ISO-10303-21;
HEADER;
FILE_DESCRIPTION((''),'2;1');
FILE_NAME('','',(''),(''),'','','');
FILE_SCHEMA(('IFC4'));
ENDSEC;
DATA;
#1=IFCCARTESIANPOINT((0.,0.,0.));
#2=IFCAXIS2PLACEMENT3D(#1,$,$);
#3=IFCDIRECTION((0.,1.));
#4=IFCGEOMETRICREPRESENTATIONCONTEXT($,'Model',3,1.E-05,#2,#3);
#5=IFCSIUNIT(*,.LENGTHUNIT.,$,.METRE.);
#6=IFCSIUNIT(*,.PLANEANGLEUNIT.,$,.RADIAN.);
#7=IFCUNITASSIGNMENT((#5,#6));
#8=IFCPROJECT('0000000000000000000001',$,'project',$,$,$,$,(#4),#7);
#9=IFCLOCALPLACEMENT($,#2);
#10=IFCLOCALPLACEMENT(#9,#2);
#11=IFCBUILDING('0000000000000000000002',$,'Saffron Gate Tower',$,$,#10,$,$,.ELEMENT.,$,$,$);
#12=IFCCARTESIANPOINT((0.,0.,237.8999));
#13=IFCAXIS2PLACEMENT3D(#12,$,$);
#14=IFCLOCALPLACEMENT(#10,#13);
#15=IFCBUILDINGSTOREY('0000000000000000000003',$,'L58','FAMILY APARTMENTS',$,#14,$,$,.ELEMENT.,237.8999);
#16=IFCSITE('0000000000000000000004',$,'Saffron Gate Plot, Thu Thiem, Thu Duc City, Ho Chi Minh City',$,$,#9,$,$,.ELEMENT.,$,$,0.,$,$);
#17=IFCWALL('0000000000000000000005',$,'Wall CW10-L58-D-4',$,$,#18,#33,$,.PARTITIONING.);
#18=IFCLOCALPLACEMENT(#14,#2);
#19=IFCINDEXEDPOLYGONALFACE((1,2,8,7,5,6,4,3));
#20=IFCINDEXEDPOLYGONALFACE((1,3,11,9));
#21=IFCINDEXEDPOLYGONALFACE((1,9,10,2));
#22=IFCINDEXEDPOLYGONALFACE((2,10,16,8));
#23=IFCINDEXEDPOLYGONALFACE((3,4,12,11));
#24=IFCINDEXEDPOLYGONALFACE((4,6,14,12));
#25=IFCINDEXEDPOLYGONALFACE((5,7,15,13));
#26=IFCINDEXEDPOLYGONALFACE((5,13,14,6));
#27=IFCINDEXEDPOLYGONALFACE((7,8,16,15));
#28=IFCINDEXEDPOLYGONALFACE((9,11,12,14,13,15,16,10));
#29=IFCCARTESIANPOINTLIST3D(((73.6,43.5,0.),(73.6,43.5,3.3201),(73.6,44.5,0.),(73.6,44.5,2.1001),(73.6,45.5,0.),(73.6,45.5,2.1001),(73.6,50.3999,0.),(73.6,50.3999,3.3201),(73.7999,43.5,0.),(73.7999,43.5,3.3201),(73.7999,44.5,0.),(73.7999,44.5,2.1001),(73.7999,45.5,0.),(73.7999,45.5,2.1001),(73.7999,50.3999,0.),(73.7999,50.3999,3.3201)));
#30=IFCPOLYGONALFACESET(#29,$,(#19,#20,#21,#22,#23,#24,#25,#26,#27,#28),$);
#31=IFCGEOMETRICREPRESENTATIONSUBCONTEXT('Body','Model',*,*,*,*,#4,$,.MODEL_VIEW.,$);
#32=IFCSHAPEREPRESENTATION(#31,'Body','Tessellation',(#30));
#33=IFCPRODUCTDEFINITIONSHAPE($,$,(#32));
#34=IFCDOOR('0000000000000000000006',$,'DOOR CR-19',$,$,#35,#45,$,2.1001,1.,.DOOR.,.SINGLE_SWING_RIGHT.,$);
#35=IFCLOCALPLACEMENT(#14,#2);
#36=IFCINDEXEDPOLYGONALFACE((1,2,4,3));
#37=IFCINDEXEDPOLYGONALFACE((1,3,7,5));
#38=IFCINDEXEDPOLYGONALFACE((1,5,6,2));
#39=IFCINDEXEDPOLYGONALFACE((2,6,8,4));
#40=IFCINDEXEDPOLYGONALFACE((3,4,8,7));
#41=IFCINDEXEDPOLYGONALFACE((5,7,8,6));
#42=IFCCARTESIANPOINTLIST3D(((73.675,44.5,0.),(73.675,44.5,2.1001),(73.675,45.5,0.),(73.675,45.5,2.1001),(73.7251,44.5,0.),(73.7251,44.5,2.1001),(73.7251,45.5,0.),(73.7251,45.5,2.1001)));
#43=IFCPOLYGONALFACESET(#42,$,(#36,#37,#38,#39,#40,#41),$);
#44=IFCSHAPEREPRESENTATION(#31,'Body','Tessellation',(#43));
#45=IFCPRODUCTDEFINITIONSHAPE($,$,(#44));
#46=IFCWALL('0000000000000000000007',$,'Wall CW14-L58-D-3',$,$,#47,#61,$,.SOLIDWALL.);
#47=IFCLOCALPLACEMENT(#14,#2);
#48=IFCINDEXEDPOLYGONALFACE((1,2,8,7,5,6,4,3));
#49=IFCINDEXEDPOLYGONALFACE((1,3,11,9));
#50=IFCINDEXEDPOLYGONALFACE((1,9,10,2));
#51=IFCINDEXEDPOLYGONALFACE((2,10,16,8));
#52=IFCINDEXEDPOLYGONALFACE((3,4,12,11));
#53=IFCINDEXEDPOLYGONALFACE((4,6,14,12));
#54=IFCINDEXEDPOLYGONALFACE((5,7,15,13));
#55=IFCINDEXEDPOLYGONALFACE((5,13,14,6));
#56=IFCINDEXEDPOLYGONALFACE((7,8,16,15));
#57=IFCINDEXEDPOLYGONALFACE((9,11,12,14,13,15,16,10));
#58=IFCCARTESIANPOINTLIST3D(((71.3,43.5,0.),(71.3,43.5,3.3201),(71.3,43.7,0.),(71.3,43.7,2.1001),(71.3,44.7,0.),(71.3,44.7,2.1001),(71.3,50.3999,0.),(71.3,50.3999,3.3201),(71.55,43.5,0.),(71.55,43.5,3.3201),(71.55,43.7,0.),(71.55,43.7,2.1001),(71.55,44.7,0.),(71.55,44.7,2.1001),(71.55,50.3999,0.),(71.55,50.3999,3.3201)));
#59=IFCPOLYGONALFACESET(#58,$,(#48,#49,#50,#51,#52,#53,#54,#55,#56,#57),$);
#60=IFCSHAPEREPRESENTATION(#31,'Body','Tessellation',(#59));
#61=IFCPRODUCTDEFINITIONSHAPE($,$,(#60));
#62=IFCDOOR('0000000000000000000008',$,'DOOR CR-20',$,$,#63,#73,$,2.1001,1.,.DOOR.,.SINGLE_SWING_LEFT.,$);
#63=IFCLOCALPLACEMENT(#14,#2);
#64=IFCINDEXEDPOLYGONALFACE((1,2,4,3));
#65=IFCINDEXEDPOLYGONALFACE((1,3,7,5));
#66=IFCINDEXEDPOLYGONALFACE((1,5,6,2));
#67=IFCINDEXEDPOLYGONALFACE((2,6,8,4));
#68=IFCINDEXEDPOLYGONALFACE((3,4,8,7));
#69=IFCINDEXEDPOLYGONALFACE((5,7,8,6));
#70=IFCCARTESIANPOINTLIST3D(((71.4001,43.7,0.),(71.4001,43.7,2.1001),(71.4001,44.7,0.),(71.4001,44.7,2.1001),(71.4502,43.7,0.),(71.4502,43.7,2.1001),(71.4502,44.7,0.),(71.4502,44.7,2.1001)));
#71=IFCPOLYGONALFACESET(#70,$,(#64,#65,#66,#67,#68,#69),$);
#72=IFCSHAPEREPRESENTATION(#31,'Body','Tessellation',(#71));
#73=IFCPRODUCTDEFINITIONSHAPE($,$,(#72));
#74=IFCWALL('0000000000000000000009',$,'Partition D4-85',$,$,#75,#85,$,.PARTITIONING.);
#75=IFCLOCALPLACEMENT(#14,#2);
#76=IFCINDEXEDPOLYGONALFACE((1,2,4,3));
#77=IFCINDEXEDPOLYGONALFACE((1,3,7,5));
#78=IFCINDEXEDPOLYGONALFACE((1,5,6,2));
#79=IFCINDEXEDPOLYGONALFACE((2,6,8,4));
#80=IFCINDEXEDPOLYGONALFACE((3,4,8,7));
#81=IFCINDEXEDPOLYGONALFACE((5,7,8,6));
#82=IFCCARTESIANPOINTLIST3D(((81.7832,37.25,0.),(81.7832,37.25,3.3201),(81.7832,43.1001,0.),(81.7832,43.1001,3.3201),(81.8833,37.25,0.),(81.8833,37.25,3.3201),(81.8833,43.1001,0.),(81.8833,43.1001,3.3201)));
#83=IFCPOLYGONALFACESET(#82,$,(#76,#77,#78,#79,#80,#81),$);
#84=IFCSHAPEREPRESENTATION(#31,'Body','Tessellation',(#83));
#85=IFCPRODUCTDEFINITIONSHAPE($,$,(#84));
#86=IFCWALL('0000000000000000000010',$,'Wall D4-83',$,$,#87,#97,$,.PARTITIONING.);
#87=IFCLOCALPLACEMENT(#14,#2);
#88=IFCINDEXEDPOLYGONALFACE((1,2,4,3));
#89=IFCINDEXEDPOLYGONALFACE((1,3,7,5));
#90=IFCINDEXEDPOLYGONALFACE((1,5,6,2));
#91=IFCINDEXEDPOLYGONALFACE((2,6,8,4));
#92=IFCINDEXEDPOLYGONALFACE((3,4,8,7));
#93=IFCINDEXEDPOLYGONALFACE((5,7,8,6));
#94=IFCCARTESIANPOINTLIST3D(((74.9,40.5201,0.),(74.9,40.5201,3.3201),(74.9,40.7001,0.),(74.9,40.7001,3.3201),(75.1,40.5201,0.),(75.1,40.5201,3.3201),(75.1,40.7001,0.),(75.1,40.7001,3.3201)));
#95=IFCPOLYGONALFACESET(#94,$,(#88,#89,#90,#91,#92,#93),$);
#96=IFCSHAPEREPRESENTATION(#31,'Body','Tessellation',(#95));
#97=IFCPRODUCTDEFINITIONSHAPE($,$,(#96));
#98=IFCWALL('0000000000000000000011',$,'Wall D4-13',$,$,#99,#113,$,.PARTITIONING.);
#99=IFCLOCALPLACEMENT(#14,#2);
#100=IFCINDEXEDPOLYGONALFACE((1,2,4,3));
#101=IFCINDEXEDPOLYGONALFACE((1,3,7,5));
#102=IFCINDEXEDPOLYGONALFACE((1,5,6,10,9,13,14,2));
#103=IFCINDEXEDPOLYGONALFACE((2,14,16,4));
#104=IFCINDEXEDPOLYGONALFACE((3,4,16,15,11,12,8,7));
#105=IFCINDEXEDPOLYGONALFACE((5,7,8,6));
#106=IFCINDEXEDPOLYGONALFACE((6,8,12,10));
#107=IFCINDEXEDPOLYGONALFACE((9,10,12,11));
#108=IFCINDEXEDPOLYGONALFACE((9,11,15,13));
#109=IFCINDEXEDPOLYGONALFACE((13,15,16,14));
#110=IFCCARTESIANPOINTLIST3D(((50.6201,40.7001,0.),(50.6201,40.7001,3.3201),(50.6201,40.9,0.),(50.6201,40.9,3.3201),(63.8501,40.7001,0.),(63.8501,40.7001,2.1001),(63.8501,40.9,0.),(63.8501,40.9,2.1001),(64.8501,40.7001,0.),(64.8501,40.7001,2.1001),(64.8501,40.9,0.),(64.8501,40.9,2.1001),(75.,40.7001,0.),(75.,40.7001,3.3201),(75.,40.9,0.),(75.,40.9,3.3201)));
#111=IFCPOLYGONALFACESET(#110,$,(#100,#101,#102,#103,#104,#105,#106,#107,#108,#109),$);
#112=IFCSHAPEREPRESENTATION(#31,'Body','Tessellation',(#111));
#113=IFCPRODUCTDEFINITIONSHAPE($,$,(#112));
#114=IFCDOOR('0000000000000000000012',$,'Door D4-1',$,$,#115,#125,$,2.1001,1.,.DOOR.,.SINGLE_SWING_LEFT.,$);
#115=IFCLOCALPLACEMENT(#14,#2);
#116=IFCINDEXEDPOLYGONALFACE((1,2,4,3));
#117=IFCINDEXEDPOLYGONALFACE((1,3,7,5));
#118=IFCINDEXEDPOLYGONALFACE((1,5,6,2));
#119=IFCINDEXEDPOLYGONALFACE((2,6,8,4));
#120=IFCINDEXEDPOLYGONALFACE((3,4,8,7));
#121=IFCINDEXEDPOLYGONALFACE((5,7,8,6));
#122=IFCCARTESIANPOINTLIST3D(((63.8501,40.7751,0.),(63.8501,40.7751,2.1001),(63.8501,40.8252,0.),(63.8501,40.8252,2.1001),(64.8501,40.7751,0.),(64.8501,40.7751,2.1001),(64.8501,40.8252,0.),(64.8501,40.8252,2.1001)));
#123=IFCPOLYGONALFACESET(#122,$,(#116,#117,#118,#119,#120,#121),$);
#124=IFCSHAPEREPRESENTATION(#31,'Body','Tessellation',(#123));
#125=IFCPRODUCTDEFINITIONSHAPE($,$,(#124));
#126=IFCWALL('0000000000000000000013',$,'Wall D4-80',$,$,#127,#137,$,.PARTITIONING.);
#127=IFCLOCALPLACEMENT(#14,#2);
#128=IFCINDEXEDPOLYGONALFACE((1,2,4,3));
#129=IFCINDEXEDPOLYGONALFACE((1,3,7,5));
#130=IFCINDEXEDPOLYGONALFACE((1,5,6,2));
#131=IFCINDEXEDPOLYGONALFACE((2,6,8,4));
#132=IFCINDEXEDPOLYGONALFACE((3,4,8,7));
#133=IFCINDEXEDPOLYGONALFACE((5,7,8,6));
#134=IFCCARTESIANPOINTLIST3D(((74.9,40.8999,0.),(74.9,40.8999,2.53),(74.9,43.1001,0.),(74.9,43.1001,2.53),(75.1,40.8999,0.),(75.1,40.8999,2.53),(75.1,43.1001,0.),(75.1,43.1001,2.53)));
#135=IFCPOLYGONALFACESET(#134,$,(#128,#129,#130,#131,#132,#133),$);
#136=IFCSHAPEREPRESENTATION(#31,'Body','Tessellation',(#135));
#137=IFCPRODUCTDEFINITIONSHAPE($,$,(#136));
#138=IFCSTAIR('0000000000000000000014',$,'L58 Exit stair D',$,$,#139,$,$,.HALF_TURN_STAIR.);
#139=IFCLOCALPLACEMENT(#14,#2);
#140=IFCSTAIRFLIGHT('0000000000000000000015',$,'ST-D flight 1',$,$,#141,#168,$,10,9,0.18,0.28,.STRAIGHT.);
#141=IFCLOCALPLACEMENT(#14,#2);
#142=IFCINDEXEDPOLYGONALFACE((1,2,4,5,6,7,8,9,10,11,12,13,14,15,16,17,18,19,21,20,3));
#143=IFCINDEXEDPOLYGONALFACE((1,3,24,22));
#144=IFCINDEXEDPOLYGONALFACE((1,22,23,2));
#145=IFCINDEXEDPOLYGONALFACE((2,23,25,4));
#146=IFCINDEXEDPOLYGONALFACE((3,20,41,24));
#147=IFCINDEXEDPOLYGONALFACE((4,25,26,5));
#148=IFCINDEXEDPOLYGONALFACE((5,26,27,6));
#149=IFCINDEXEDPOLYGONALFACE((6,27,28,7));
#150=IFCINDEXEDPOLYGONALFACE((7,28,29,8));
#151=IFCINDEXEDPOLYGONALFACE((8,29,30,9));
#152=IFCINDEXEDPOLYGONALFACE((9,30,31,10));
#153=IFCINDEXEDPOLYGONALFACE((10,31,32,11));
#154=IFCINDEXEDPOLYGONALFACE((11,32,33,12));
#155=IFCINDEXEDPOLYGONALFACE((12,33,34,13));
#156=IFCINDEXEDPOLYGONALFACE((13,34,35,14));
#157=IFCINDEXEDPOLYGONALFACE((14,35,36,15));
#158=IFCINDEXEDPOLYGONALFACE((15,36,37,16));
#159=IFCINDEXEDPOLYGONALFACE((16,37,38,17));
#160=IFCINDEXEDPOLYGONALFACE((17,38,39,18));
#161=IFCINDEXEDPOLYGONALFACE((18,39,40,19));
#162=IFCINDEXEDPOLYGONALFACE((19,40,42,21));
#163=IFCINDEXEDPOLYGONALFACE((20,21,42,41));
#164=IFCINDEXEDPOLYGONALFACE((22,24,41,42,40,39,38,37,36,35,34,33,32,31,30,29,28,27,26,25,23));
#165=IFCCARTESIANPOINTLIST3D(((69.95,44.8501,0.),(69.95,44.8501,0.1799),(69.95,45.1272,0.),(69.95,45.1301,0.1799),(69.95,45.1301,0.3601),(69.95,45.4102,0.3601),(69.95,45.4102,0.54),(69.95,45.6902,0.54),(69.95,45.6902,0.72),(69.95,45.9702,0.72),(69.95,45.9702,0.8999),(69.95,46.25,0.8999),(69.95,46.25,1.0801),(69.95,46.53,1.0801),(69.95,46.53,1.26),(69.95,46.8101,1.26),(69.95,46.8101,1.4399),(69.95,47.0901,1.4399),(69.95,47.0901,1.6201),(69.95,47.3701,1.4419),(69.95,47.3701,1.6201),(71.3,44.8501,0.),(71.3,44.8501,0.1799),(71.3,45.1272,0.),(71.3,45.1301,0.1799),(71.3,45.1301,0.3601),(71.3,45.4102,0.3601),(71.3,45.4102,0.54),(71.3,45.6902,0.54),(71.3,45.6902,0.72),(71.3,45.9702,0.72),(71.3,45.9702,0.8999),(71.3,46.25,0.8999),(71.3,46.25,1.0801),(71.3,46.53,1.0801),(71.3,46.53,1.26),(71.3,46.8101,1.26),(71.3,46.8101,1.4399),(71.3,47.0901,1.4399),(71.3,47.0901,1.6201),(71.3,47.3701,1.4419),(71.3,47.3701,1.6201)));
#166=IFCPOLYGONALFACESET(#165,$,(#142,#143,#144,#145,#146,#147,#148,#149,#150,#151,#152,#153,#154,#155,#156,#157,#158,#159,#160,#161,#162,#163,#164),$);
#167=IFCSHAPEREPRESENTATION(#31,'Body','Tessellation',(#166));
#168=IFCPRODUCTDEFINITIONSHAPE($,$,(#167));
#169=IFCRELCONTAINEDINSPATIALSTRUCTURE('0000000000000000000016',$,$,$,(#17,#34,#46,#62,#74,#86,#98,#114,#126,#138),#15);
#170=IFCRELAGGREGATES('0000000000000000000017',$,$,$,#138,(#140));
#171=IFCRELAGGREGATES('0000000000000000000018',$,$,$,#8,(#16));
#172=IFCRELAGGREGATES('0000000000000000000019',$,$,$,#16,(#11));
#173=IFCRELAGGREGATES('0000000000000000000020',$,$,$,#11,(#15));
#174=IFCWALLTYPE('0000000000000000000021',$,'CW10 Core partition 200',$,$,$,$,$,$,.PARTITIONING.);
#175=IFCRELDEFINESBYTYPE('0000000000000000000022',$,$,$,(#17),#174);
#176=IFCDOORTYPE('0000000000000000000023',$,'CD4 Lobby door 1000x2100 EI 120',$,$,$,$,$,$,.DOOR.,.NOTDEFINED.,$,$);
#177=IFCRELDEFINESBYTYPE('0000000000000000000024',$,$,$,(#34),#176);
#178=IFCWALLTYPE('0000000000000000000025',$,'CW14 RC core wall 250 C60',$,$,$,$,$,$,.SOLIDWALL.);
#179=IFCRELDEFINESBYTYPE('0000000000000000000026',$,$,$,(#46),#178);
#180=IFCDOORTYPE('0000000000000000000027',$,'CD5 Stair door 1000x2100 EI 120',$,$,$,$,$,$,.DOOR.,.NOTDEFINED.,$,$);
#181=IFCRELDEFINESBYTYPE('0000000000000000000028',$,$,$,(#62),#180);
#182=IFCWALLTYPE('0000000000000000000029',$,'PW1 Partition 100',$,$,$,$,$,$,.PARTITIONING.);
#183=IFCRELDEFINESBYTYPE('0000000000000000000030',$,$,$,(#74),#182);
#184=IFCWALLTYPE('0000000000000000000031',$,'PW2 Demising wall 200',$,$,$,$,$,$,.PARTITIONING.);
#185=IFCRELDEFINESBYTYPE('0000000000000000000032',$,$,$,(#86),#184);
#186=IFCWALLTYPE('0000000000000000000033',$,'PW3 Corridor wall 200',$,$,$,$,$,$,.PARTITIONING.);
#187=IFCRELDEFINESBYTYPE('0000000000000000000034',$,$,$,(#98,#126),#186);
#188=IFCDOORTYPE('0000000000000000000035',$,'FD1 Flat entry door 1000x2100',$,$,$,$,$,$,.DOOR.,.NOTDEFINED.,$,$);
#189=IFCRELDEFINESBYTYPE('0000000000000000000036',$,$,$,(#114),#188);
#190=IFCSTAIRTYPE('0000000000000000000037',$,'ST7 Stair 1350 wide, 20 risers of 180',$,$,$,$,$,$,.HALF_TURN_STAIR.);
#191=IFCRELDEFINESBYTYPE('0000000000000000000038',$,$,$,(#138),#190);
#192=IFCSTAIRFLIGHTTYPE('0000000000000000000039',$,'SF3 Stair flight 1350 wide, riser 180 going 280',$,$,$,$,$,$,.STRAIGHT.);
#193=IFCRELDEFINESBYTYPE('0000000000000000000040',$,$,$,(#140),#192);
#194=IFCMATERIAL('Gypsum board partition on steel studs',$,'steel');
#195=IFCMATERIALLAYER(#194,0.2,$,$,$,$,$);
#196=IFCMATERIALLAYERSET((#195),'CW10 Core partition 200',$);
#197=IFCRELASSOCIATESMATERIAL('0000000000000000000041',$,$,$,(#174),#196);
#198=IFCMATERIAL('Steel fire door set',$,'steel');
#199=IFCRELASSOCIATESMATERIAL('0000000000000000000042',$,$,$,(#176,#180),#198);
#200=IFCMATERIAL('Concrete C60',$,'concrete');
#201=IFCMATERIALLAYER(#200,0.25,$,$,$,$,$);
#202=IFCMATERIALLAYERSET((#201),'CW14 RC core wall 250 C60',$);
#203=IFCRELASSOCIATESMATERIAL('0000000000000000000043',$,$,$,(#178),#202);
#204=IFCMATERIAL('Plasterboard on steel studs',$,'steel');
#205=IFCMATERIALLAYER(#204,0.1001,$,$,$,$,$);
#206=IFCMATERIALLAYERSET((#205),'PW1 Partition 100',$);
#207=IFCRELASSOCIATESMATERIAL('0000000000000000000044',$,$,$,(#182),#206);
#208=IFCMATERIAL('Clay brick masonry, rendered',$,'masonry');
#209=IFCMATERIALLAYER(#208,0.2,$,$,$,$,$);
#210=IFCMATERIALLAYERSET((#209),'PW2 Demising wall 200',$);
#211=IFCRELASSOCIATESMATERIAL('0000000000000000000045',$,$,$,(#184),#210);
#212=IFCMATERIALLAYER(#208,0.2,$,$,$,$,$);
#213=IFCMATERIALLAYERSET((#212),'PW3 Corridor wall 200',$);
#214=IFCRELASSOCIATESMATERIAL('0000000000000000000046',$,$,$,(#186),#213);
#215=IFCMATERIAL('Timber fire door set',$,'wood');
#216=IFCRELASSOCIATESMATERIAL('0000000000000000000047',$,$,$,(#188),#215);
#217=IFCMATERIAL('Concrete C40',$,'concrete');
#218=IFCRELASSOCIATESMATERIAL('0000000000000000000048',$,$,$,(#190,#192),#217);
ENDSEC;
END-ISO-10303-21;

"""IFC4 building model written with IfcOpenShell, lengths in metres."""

from ifc_helpers import new_model, si_unit, direction, frame, frame_2d, origin, place, context, subcontext, project, spatial, polyline, rectangle, outline, extrude, material, layer, layer_set, type_object, element, fill, aggregate, save


model = new_model("IFC4")

# Units and contexts
model_context = context("Model", 3, precision=1e-05, world=origin(), true_north=direction((0.0, 1.0)))
body_context = subcontext(model_context, "Body", "Model", "MODEL_VIEW")
ifc_project = project(units=[si_unit("LENGTHUNIT", "METRE"), si_unit("PLANEANGLEUNIT", "RADIAN")], contexts=[model_context])

# Site, building, storey
site_placement = place(None, origin())
site = spatial("IfcSite", under=ifc_project, at=site_placement, Name="Saffron Gate Plot, Thu Thiem, Thu Duc City, Ho Chi Minh City", CompositionType="ELEMENT", RefElevation=0.0)
building_placement = place(site_placement, origin())
building = spatial("IfcBuilding", under=site, at=building_placement, Name="Saffron Gate Tower", CompositionType="ELEMENT")
storey_placement = place(building_placement, frame((0.0, 0.0, 237.8999)))
storey = spatial("IfcBuildingStorey", under=building, at=storey_placement, Name="L58", Description="FAMILY APARTMENTS", CompositionType="ELEMENT", Elevation=237.8999)

# Walls, openings, doors
ifc_material_1 = material(Name="Gypsum board partition on steel studs", Category="steel")
ifc_layer_1 = layer(ifc_material_1, 0.2)
ifc_layer_set_1 = layer_set([ifc_layer_1], Name="CW10 Core partition 200")
wall_type_1 = type_object("IfcWallType", Name="CW10 Core partition 200", PredefinedType="PARTITIONING", material=ifc_layer_set_1)
wall_1_placement = place(storey_placement, frame((73.7, 43.5, 0.0), z_axis=(0.0, 0.0, 1.0), x_axis=(0.0, 1.0, 0.0)))
wall_1 = element("IfcWall", 1, at=wall_1_placement, inside=storey, type_object=wall_type_1, Name="Wall CW10-L58-D-4", PredefinedType="PARTITIONING", context=body_context, shape_type="SweptSolid", body=[
    extrude(rectangle(XDim=6.8999, YDim=0.2, at=frame_2d((3.45, 0.0))), origin(), (0.0, 0.0, 1.0), 3.3201),
])
opening_1_placement = place(wall_1_placement, frame((1.0, 0.0, 0.0)))
opening_1 = element("IfcOpeningElement", 2, at=opening_1_placement, cuts=wall_1, PredefinedType="OPENING", context=body_context, shape_type="SweptSolid", body=[
    extrude(rectangle(XDim=1.0, YDim=2.1001, at=frame_2d((0.5, 1.05))), frame((0.0, 0.1099, 0.0), z_axis=(0.0, -1.0, 0.0), x_axis=(1.0, 0.0, 0.0)), (0.0, 0.0, 1.0), 0.22),
])
ifc_material_2 = material(Name="Steel fire door set", Category="steel")
door_type_1 = type_object("IfcDoorType", Name="CD4 Lobby door 1000x2100 EI 120", OperationType="NOTDEFINED", PredefinedType="DOOR", material=ifc_material_2)
door_1_placement = place(opening_1_placement, origin())
door_1 = element("IfcDoor", 3, at=door_1_placement, inside=storey, type_object=door_type_1, Name="DOOR CR-19", OperationType="SINGLE_SWING_RIGHT", OverallHeight=2.1001, OverallWidth=1.0, PredefinedType="DOOR", context=body_context, shape_type="SweptSolid", body=[
    extrude(rectangle(XDim=1.0, YDim=2.1001, at=frame_2d((0.5, 1.05))), frame((0.0, 0.0249, 0.0), z_axis=(0.0, -1.0, 0.0), x_axis=(1.0, 0.0, 0.0)), (0.0, 0.0, 1.0), 0.05),
])
fill(opening_1, door_1)
ifc_material_3 = material(Name="Concrete C60", Category="concrete")
ifc_layer_2 = layer(ifc_material_3, 0.25)
ifc_layer_set_2 = layer_set([ifc_layer_2], Name="CW14 RC core wall 250 C60")
wall_type_2 = type_object("IfcWallType", Name="CW14 RC core wall 250 C60", PredefinedType="SOLIDWALL", material=ifc_layer_set_2)
wall_2_placement = place(storey_placement, frame((71.425, 43.5, 0.0), z_axis=(0.0, 0.0, 1.0), x_axis=(0.0, 1.0, 0.0)))
wall_2 = element("IfcWall", 4, at=wall_2_placement, inside=storey, type_object=wall_type_2, Name="Wall CW14-L58-D-3", PredefinedType="SOLIDWALL", context=body_context, shape_type="SweptSolid", body=[
    extrude(rectangle(XDim=6.8999, YDim=0.25, at=frame_2d((3.45, 0.0))), origin(), (0.0, 0.0, 1.0), 3.3201),
])
opening_2_placement = place(wall_2_placement, frame((0.2, 0.0, 0.0)))
opening_2 = element("IfcOpeningElement", 5, at=opening_2_placement, cuts=wall_2, PredefinedType="OPENING", context=body_context, shape_type="SweptSolid", body=[
    extrude(rectangle(XDim=1.0, YDim=2.1001, at=frame_2d((0.5, 1.05))), frame((0.0, 0.135, 0.0), z_axis=(0.0, -1.0, 0.0), x_axis=(1.0, 0.0, 0.0)), (0.0, 0.0, 1.0), 0.27),
])
door_type_2 = type_object("IfcDoorType", Name="CD5 Stair door 1000x2100 EI 120", OperationType="NOTDEFINED", PredefinedType="DOOR", material=ifc_material_2)
door_2_placement = place(opening_2_placement, origin())
door_2 = element("IfcDoor", 6, at=door_2_placement, inside=storey, type_object=door_type_2, Name="DOOR CR-20", OperationType="SINGLE_SWING_LEFT", OverallHeight=2.1001, OverallWidth=1.0, PredefinedType="DOOR", context=body_context, shape_type="SweptSolid", body=[
    extrude(rectangle(XDim=1.0, YDim=2.1001, at=frame_2d((0.5, 1.05))), frame((0.0, 0.0249, 0.0), z_axis=(0.0, -1.0, 0.0), x_axis=(1.0, 0.0, 0.0)), (0.0, 0.0, 1.0), 0.05),
])
fill(opening_2, door_2)

# Walls
ifc_material_4 = material(Name="Plasterboard on steel studs", Category="steel")
ifc_layer_3 = layer(ifc_material_4, 0.1001)
ifc_layer_set_3 = layer_set([ifc_layer_3], Name="PW1 Partition 100")
wall_type_3 = type_object("IfcWallType", Name="PW1 Partition 100", PredefinedType="PARTITIONING", material=ifc_layer_set_3)
wall_3_placement = place(storey_placement, frame((81.8333, 43.1001, 0.0), z_axis=(0.0, 0.0, 1.0), x_axis=(0.0, -1.0, 0.0)))
element("IfcWall", 7, at=wall_3_placement, inside=storey, type_object=wall_type_3, Name="Partition D4-85", PredefinedType="PARTITIONING", context=body_context, shape_type="SweptSolid", body=[
    extrude(rectangle(XDim=5.8501, YDim=0.1001, at=frame_2d((2.925, 0.0))), origin(), (0.0, 0.0, 1.0), 3.3201),
])
ifc_material_5 = material(Name="Clay brick masonry, rendered", Category="masonry")
ifc_layer_4 = layer(ifc_material_5, 0.2)
ifc_layer_set_4 = layer_set([ifc_layer_4], Name="PW2 Demising wall 200")
wall_type_4 = type_object("IfcWallType", Name="PW2 Demising wall 200", PredefinedType="PARTITIONING", material=ifc_layer_set_4)
wall_4_placement = place(storey_placement, frame((75.0, 40.7, 0.0), z_axis=(0.0, 0.0, 1.0), x_axis=(0.0, -1.0, 0.0)))
element("IfcWall", 8, at=wall_4_placement, inside=storey, type_object=wall_type_4, Name="Wall D4-83", PredefinedType="PARTITIONING", context=body_context, shape_type="SweptSolid", body=[
    extrude(rectangle(XDim=0.1799, YDim=0.2, at=frame_2d((0.0898, 0.0))), origin(), (0.0, 0.0, 1.0), 3.3201),
])

# Wall, opening, door
ifc_layer_5 = layer(ifc_material_5, 0.2)
ifc_layer_set_5 = layer_set([ifc_layer_5], Name="PW3 Corridor wall 200")
wall_type_5 = type_object("IfcWallType", Name="PW3 Corridor wall 200", PredefinedType="PARTITIONING", material=ifc_layer_set_5)
wall_5_placement = place(storey_placement, frame((75.0, 40.8, 0.0), z_axis=(0.0, 0.0, 1.0), x_axis=(-1.0, 0.0, 0.0)))
wall_5 = element("IfcWall", 9, at=wall_5_placement, inside=storey, type_object=wall_type_5, Name="Wall D4-13", PredefinedType="PARTITIONING", context=body_context, shape_type="SweptSolid", body=[
    extrude(rectangle(XDim=24.3799, YDim=0.2, at=frame_2d((12.1899, 0.0))), origin(), (0.0, 0.0, 1.0), 3.3201),
])
opening_3_placement = place(wall_5_placement, frame((10.1499, 0.0, 0.0)))
opening_3 = element("IfcOpeningElement", 10, at=opening_3_placement, cuts=wall_5, PredefinedType="OPENING", context=body_context, shape_type="SweptSolid", body=[
    extrude(rectangle(XDim=1.0, YDim=2.1001, at=frame_2d((0.5, 1.05))), frame((0.0, 0.1099, 0.0), z_axis=(0.0, -1.0, 0.0), x_axis=(1.0, 0.0, 0.0)), (0.0, 0.0, 1.0), 0.22),
])
ifc_material_6 = material(Name="Timber fire door set", Category="wood")
door_type_3 = type_object("IfcDoorType", Name="FD1 Flat entry door 1000x2100", OperationType="NOTDEFINED", PredefinedType="DOOR", material=ifc_material_6)
door_3_placement = place(opening_3_placement, origin())
door_3 = element("IfcDoor", 11, at=door_3_placement, inside=storey, type_object=door_type_3, Name="Door D4-1", OperationType="SINGLE_SWING_LEFT", OverallHeight=2.1001, OverallWidth=1.0, PredefinedType="DOOR", context=body_context, shape_type="SweptSolid", body=[
    extrude(rectangle(XDim=1.0, YDim=2.1001, at=frame_2d((0.5, 1.05))), frame((0.0, 0.0249, 0.0), z_axis=(0.0, -1.0, 0.0), x_axis=(1.0, 0.0, 0.0)), (0.0, 0.0, 1.0), 0.05),
])
fill(opening_3, door_3)

# Wall
wall_6_placement = place(storey_placement, frame((75.0, 43.1001, 0.0), z_axis=(0.0, 0.0, 1.0), x_axis=(0.0, -1.0, 0.0)))
element("IfcWall", 12, at=wall_6_placement, inside=storey, type_object=wall_type_5, Name="Wall D4-80", PredefinedType="PARTITIONING", context=body_context, shape_type="SweptSolid", body=[
    extrude(rectangle(XDim=2.2002, YDim=0.2, at=frame_2d((1.1001, 0.0))), origin(), (0.0, 0.0, 1.0), 2.53),
])

# Stair, stair flight
ifc_material_7 = material(Name="Concrete C40", Category="concrete")
stair_type = type_object("IfcStairType", Name="ST7 Stair 1350 wide, 20 risers of 180", PredefinedType="HALF_TURN_STAIR", material=ifc_material_7)
stair_placement = place(storey_placement, origin())
stair = element("IfcStair", 13, at=stair_placement, inside=storey, type_object=stair_type, Name="L58 Exit stair D", PredefinedType="HALF_TURN_STAIR")
stair_flight_type = type_object("IfcStairFlightType", Name="SF3 Stair flight 1350 wide, riser 180 going 280", PredefinedType="STRAIGHT", material=ifc_material_7)
stair_flight_placement = place(storey_placement, frame((70.625, 44.8501, 0.0), z_axis=(0.0, 0.0, 1.0), x_axis=(0.0, 1.0, 0.0)))
stair_flight = element("IfcStairFlight", 14, at=stair_flight_placement, type_object=stair_flight_type, Name="ST-D flight 1", NumberOfRisers=10, NumberOfTreads=9, PredefinedType="STRAIGHT", RiserHeight=0.18, TreadLength=0.28, context=body_context, shape_type="SweptSolid", body=[
    extrude(outline(polyline([(0.0, 0.0), (0.0, 0.1799), (0.28, 0.1799), (0.28, 0.3601), (0.5601, 0.3601), (0.5601, 0.54), (0.8401, 0.54), (0.8401, 0.72), (1.1201, 0.72), (1.1201, 0.8999), (1.3999, 0.8999), (1.3999, 1.0801), (1.6799, 1.0801), (1.6799, 1.26), (1.96, 1.26), (1.96, 1.4399), (2.24, 1.4399), (2.24, 1.6201), (2.52, 1.6201), (2.52, 1.8), (2.52, 1.4419), (0.2771, 0.0), (0.0, 0.0)])), frame((0.0, 0.675, 0.0), z_axis=(0.0, -1.0, 0.0), x_axis=(1.0, 0.0, 0.0)), (0.0, 0.0, 1.0), 1.3501),
])
aggregate(stair, [stair_flight])

save(model, "model.ifc")
